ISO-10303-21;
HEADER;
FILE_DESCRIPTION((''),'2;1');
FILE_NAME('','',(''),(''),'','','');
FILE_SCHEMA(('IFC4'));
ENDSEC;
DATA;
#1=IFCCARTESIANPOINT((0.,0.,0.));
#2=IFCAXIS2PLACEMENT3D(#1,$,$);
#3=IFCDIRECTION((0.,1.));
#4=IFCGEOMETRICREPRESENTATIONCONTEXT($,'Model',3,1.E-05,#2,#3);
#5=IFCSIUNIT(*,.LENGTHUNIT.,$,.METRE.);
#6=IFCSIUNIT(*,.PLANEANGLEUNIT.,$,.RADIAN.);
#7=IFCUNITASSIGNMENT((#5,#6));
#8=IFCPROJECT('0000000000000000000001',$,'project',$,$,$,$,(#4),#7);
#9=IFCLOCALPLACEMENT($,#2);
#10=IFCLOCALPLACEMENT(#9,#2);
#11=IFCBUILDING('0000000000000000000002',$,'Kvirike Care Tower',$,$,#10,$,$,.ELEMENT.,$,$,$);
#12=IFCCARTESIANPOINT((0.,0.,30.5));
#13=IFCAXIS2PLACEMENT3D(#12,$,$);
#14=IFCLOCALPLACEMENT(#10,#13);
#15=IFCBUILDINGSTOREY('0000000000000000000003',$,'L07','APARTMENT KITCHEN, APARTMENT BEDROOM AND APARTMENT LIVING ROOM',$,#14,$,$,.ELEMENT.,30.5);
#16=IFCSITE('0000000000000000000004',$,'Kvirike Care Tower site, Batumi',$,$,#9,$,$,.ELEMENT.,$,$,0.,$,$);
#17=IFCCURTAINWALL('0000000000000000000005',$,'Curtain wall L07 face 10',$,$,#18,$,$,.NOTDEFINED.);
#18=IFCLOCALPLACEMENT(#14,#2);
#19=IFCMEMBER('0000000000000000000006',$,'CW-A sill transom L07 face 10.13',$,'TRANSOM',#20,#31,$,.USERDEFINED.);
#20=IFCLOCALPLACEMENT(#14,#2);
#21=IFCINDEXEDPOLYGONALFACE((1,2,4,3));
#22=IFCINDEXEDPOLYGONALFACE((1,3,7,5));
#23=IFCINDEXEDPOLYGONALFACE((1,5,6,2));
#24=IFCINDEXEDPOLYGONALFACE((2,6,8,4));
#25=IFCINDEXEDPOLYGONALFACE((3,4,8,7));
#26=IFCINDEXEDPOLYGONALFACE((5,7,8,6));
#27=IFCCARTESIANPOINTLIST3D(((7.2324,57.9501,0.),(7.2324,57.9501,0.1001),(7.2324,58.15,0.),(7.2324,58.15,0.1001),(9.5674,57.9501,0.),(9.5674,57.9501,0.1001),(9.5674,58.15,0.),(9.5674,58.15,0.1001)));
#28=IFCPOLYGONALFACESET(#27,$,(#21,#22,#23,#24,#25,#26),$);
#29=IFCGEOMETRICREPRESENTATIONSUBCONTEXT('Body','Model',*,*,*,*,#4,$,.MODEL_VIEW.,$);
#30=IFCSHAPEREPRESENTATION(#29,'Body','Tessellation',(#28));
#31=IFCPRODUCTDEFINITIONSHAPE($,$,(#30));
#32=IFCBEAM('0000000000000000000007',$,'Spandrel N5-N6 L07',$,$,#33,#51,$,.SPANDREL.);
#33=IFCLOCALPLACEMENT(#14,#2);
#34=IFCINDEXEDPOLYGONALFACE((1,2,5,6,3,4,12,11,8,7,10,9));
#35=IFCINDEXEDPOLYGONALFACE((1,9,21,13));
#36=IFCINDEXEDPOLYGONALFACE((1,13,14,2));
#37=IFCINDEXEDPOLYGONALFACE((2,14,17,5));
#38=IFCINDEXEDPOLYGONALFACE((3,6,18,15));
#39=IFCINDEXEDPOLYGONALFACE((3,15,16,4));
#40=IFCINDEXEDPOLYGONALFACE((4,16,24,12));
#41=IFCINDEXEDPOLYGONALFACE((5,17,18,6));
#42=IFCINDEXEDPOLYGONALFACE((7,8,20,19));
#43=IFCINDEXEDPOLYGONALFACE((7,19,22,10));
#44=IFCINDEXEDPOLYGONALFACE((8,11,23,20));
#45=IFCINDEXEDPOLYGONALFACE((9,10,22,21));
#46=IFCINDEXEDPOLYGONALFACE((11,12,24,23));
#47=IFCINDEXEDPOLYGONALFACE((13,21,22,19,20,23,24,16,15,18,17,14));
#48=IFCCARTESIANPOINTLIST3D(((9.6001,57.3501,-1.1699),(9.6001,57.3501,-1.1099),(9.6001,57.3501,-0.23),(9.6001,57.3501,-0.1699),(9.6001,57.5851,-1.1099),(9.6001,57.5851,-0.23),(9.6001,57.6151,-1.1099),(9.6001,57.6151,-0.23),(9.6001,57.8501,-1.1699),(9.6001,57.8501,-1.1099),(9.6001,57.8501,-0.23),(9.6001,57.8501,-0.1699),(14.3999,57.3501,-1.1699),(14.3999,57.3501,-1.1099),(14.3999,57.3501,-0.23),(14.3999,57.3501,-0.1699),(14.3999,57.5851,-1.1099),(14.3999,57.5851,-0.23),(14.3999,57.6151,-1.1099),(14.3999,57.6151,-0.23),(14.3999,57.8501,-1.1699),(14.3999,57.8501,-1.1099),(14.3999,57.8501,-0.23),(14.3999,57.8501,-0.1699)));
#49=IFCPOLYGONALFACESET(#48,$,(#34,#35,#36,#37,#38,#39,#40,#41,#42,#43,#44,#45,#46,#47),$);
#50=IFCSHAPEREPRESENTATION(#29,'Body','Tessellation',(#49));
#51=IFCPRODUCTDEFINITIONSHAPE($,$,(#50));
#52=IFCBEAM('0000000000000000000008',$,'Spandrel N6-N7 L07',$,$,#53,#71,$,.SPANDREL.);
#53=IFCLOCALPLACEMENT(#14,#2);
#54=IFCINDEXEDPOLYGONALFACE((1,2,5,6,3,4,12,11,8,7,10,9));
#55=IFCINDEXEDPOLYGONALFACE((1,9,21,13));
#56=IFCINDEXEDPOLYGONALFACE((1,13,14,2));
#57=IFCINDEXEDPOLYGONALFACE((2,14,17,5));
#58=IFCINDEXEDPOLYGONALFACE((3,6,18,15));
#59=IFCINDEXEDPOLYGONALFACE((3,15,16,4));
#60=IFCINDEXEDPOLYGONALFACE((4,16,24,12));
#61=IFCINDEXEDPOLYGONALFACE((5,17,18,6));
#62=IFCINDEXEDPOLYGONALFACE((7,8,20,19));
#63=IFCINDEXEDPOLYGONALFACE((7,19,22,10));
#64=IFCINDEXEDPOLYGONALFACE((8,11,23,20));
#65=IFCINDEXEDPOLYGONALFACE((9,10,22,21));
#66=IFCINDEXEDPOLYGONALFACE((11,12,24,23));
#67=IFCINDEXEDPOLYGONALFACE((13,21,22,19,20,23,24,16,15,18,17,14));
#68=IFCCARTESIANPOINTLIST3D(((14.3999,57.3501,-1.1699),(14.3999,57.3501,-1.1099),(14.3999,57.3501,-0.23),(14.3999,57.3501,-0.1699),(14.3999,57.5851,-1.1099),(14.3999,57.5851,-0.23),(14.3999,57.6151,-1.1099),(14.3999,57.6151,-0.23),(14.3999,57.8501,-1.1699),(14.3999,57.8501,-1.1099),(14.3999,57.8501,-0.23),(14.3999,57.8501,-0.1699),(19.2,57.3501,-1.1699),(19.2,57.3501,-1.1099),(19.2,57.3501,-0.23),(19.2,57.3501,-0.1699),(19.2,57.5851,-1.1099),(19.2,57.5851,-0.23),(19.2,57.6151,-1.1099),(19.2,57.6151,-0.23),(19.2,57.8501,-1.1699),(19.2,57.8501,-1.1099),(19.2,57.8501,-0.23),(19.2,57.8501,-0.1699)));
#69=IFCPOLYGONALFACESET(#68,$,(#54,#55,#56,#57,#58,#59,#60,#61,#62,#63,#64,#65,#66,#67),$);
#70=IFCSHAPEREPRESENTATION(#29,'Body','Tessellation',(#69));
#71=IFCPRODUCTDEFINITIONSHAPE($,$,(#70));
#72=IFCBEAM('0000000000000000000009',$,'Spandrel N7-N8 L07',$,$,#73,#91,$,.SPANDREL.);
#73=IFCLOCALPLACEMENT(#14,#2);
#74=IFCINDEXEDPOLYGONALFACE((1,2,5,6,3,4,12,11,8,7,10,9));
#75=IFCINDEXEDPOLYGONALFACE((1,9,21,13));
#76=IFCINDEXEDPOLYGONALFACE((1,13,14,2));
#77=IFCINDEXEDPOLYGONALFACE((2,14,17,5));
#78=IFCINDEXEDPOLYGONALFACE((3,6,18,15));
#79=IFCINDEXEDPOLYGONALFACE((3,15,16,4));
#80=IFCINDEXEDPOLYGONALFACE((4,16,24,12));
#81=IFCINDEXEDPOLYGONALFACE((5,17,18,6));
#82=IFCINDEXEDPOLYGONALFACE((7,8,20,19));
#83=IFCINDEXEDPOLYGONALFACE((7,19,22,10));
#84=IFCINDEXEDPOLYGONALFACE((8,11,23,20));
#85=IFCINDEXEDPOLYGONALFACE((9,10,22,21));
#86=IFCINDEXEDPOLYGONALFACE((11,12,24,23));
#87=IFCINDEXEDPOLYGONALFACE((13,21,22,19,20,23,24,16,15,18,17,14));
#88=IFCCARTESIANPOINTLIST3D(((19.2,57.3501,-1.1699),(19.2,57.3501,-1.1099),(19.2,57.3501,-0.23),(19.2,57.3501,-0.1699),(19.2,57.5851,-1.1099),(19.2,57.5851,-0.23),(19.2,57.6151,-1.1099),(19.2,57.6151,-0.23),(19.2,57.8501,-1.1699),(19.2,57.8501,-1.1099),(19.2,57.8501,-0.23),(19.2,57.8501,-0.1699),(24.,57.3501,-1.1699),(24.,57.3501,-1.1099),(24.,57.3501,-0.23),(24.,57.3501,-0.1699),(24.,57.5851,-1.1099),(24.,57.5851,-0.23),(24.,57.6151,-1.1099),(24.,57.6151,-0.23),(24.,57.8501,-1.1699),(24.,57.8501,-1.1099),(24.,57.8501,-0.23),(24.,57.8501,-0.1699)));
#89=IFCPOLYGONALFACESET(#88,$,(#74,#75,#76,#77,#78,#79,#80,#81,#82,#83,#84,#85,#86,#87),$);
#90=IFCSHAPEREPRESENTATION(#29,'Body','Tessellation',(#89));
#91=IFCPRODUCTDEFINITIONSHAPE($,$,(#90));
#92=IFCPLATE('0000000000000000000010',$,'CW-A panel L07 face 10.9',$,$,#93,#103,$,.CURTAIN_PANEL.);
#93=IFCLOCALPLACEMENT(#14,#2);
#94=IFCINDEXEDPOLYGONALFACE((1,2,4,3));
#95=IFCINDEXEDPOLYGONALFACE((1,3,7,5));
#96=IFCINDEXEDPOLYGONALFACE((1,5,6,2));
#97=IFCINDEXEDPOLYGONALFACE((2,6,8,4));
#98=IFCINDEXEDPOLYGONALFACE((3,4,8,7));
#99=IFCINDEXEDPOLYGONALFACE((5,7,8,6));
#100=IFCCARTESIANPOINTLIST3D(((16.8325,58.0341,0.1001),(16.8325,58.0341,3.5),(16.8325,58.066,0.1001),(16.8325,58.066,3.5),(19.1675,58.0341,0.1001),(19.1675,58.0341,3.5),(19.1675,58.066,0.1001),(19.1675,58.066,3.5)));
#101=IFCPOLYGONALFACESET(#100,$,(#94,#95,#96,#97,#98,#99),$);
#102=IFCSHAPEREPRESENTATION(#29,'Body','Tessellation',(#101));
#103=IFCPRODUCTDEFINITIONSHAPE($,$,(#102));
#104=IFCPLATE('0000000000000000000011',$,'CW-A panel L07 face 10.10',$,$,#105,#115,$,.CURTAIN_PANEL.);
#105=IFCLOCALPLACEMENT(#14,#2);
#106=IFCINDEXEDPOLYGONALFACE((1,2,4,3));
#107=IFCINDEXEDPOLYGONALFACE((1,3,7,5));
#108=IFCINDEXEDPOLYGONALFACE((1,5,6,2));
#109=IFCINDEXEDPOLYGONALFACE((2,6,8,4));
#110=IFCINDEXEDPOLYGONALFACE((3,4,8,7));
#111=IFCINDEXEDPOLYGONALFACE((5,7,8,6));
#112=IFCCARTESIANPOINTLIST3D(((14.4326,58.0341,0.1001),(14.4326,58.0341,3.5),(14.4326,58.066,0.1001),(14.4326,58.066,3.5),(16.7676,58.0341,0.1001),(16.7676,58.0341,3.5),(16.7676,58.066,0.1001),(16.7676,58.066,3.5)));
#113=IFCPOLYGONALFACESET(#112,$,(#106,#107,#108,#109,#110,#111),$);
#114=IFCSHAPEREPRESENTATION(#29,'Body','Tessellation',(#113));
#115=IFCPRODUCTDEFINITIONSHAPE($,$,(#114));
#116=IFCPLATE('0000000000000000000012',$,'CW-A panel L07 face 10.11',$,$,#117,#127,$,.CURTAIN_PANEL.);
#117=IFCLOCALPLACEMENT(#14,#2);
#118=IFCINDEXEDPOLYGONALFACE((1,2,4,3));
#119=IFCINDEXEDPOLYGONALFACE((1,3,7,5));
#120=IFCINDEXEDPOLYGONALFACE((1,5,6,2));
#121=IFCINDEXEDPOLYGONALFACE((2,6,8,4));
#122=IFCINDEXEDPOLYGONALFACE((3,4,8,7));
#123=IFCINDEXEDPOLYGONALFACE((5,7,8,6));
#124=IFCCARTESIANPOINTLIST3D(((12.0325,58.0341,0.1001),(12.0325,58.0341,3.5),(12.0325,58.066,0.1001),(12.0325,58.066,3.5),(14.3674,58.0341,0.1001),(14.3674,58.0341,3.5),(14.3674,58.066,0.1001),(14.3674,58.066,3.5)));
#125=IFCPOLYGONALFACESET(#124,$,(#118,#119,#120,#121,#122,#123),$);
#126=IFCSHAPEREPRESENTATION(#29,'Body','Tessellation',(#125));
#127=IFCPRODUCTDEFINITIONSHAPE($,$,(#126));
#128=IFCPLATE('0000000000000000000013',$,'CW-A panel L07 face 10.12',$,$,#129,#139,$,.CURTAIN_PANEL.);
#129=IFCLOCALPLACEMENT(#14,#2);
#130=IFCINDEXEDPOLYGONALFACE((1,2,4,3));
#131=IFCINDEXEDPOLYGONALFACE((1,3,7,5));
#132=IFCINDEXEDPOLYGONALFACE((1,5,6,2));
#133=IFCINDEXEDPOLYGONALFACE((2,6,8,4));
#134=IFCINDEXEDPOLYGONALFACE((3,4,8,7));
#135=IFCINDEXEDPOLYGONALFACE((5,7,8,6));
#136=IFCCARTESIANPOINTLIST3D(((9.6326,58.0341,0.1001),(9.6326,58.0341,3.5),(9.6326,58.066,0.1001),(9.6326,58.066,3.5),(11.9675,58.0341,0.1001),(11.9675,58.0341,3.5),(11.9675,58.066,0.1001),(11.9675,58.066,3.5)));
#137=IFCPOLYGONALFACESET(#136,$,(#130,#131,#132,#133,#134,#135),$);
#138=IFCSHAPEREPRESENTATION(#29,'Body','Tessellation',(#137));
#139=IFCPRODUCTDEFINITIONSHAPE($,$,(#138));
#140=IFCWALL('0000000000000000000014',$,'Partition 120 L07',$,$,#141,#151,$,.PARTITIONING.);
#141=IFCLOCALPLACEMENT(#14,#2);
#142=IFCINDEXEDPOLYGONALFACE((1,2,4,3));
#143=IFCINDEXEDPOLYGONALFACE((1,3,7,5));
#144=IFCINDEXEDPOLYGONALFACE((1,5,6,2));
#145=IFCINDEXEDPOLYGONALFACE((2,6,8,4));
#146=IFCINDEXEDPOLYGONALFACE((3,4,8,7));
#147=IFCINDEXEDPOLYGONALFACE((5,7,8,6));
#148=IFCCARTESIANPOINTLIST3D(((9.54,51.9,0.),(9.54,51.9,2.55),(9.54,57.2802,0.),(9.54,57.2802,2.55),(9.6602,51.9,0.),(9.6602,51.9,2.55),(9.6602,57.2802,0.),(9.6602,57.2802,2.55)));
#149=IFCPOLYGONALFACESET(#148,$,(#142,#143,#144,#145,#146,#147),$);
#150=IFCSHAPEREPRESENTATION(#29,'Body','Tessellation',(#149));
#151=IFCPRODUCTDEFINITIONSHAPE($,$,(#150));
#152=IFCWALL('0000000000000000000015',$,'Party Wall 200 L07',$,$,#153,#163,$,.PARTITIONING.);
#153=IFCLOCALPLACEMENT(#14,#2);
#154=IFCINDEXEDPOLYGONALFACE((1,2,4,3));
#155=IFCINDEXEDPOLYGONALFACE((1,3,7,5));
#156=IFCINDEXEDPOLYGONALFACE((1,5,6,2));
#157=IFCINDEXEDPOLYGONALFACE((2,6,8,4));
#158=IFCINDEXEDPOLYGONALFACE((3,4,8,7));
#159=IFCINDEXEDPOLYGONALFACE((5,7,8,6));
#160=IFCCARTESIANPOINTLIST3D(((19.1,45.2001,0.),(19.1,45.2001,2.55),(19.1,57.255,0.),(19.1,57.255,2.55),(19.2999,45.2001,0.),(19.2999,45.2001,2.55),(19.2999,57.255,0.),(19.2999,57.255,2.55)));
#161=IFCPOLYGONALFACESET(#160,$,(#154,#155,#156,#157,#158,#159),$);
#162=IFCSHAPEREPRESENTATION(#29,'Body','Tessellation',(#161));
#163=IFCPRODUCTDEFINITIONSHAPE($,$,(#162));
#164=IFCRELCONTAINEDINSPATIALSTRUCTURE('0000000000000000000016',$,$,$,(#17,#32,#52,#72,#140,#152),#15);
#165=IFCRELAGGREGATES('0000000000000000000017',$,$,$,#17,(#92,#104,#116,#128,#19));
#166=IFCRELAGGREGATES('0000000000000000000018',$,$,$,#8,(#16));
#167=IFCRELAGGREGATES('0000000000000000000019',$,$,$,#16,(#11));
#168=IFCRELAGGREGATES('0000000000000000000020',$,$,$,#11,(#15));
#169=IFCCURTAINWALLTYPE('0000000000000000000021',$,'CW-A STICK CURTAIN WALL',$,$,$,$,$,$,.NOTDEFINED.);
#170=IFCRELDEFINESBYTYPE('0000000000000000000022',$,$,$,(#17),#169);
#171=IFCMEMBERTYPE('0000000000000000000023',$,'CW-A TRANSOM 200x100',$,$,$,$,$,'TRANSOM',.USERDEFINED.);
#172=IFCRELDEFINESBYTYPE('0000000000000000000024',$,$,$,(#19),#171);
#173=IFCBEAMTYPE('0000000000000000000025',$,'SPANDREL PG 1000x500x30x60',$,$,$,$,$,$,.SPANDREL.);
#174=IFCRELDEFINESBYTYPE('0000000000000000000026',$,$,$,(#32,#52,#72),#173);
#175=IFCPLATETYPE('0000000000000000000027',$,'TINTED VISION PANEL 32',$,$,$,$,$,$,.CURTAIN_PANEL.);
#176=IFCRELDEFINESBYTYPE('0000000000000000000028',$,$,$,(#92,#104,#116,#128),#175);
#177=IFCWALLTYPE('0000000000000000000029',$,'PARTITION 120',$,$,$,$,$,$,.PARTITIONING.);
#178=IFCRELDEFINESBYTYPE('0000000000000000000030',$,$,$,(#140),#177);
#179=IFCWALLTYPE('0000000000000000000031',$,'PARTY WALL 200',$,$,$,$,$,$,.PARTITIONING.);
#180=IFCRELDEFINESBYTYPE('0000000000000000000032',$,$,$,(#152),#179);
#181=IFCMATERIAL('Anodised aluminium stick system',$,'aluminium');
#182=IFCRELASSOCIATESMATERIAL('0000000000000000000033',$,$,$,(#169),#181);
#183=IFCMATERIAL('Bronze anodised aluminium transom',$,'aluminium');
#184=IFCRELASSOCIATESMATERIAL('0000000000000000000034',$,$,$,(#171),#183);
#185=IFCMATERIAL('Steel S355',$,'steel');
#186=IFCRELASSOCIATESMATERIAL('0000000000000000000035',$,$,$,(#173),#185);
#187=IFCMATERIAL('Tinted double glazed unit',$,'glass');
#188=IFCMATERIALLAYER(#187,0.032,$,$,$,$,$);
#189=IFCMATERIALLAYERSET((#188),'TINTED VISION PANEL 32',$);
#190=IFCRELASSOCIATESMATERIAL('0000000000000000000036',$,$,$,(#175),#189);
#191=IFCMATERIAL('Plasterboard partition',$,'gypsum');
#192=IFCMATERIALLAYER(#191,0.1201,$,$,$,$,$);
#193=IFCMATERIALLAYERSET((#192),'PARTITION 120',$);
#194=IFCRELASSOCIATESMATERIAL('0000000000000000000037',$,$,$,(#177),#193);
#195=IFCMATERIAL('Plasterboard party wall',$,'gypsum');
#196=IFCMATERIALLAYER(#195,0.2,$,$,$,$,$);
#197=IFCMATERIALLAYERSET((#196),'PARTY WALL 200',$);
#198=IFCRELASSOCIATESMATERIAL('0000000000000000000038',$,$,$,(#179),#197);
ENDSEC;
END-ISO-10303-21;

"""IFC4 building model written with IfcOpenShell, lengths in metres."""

from ifc_helpers import new_model, si_unit, direction, frame, frame_2d, origin, origin_2d, place, context, subcontext, project, spatial, rectangle, i_section, extrude, material, layer, layer_set, material_profile, profile_set, type_object, element, aggregate, save


model = new_model("IFC4")

# Units and contexts
model_context = context("Model", 3, precision=1e-05, world=origin(), true_north=direction((0.0, 1.0)))
body_context = subcontext(model_context, "Body", "Model", "MODEL_VIEW")
ifc_project = project(units=[si_unit("LENGTHUNIT", "METRE"), si_unit("PLANEANGLEUNIT", "RADIAN")], contexts=[model_context])

# Site, building, storey
site_placement = place(None, origin())
site = spatial("IfcSite", under=ifc_project, at=site_placement, Name="Kvirike Care Tower site, Batumi", CompositionType="ELEMENT", RefElevation=0.0)
building_placement = place(site_placement, origin())
building = spatial("IfcBuilding", under=site, at=building_placement, Name="Kvirike Care Tower", CompositionType="ELEMENT")
storey_placement = place(building_placement, frame((0.0, 0.0, 30.5)))
storey = spatial("IfcBuildingStorey", under=building, at=storey_placement, Name="L07", Description="APARTMENT KITCHEN, APARTMENT BEDROOM AND APARTMENT LIVING ROOM", CompositionType="ELEMENT", Elevation=30.5)

# Curtain wall, member
ifc_material_1 = material(Name="Anodised aluminium stick system", Category="aluminium")
curtain_wall_type = type_object("IfcCurtainWallType", Name="CW-A STICK CURTAIN WALL", PredefinedType="NOTDEFINED", material=ifc_material_1)
curtain_wall_placement = place(storey_placement, origin())
curtain_wall = element("IfcCurtainWall", 1, at=curtain_wall_placement, inside=storey, type_object=curtain_wall_type, Name="Curtain wall L07 face 10", PredefinedType="NOTDEFINED")
ifc_material_2 = material(Name="Bronze anodised aluminium transom", Category="aluminium")
ifc_material_profile_1 = material_profile(ifc_material_2, rectangle(XDim=0.2, YDim=0.1001, at=origin_2d()), Name="CW-A TRANSOM 200x100")
ifc_profile_set_1 = profile_set([ifc_material_profile_1], Name="Bronze anodised aluminium transom")
member_type_1 = type_object("IfcMemberType", Name="CW-A TRANSOM 200x100", ElementType="TRANSOM", PredefinedType="USERDEFINED", material=ifc_profile_set_1)
member_1_placement = place(storey_placement, frame((9.5674, 58.05, 0.05), z_axis=(-1.0, 0.0, 0.0), x_axis=(0.0, -1.0, 0.0)))
member_1 = element("IfcMember", 2, at=member_1_placement, type_object=member_type_1, Name="CW-A sill transom L07 face 10.13", ObjectType="TRANSOM", PredefinedType="USERDEFINED", context=body_context, shape_type="SweptSolid", body=[
    extrude(rectangle(XDim=0.2, YDim=0.1001, at=origin_2d()), origin(), (0.0, 0.0, 1.0), 2.335),
])

# Beams
ifc_material_3 = material(Name="Steel S355", Category="steel")
ifc_material_profile_2 = material_profile(ifc_material_3, i_section(OverallWidth=0.5, OverallDepth=1.0, WebThickness=0.03, FlangeThickness=0.0601, at=origin_2d()), Name="PG 1000x500x30x60")
ifc_profile_set_2 = profile_set([ifc_material_profile_2], Name="Steel S355")
beam_type = type_object("IfcBeamType", Name="SPANDREL PG 1000x500x30x60", PredefinedType="SPANDREL", material=ifc_profile_set_2)
beam_placement = place(storey_placement, frame((9.6001, 57.6001, -0.6699), z_axis=(1.0, 0.0, 0.0), x_axis=(0.0, 1.0, 0.0)))
element("IfcBeam", 3, at=beam_placement, inside=storey, type_object=beam_type, Name="Spandrel N5-N6 L07", PredefinedType="SPANDREL", context=body_context, shape_type="SweptSolid", body=[
    extrude(i_section(OverallWidth=0.5, OverallDepth=1.0, WebThickness=0.03, FlangeThickness=0.0601, at=origin_2d()), origin(), (0.0, 0.0, 1.0), 4.7998),
])
for number, where, z_axis, x_axis, name in (
    (4, (14.3999, 57.6001, -0.6699), (1.0, 0.0, 0.0), (0.0, 1.0, 0.0), "Spandrel N6-N7 L07"),
    (5, (19.2, 57.6001, -0.6699), (1.0, 0.0, 0.0), (0.0, 1.0, 0.0), "Spandrel N7-N8 L07"),
):
    element("IfcBeam", number, at=place(storey_placement, frame(where, z_axis=z_axis, x_axis=x_axis)), inside=storey, type_object=beam_type, Name=name, PredefinedType="SPANDREL", context=body_context, shape_type="SweptSolid", body=[
        extrude(i_section(OverallWidth=0.5, OverallDepth=1.0, WebThickness=0.03, FlangeThickness=0.0601, at=origin_2d()), origin(), (0.0, 0.0, 1.0), 4.8),
    ])

# Plates
ifc_material_4 = material(Name="Tinted double glazed unit", Category="glass")
ifc_layer_1 = layer(ifc_material_4, 0.032)
ifc_layer_set_1 = layer_set([ifc_layer_1], Name="TINTED VISION PANEL 32")
plate_type = type_object("IfcPlateType", Name="TINTED VISION PANEL 32", PredefinedType="CURTAIN_PANEL", material=ifc_layer_set_1)
plate_1_placement = place(storey_placement, frame((18.0, 58.05, 0.1001), z_axis=(0.0, 0.0, 1.0), x_axis=(-1.0, 0.0, 0.0)))
plate_1 = element("IfcPlate", 6, at=plate_1_placement, type_object=plate_type, Name="CW-A panel L07 face 10.9", PredefinedType="CURTAIN_PANEL", context=body_context, shape_type="SweptSolid", body=[
    extrude(rectangle(XDim=2.335, YDim=0.032, at=origin_2d()), origin(), (0.0, 0.0, 1.0), 3.3999),
])
plate_2_placement = place(storey_placement, frame((15.6001, 58.05, 0.1001), z_axis=(0.0, 0.0, 1.0), x_axis=(-1.0, 0.0, 0.0)))
plate_2 = element("IfcPlate", 7, at=plate_2_placement, type_object=plate_type, Name="CW-A panel L07 face 10.10", PredefinedType="CURTAIN_PANEL", context=body_context, shape_type="SweptSolid", body=[
    extrude(rectangle(XDim=2.335, YDim=0.032, at=origin_2d()), origin(), (0.0, 0.0, 1.0), 3.3999),
])
plate_3_placement = place(storey_placement, frame((13.2, 58.05, 0.1001), z_axis=(0.0, 0.0, 1.0), x_axis=(-1.0, 0.0, 0.0)))
plate_3 = element("IfcPlate", 8, at=plate_3_placement, type_object=plate_type, Name="CW-A panel L07 face 10.11", PredefinedType="CURTAIN_PANEL", context=body_context, shape_type="SweptSolid", body=[
    extrude(rectangle(XDim=2.335, YDim=0.032, at=origin_2d()), origin(), (0.0, 0.0, 1.0), 3.3999),
])
plate_4_placement = place(storey_placement, frame((10.8, 58.05, 0.1001), z_axis=(0.0, 0.0, 1.0), x_axis=(-1.0, 0.0, 0.0)))
plate_4 = element("IfcPlate", 9, at=plate_4_placement, type_object=plate_type, Name="CW-A panel L07 face 10.12", PredefinedType="CURTAIN_PANEL", context=body_context, shape_type="SweptSolid", body=[
    extrude(rectangle(XDim=2.335, YDim=0.032, at=origin_2d()), origin(), (0.0, 0.0, 1.0), 3.3999),
])
aggregate(curtain_wall, [plate_1, plate_2, plate_3, plate_4, member_1])

# Walls
ifc_material_5 = material(Name="Plasterboard partition", Category="gypsum")
ifc_layer_2 = layer(ifc_material_5, 0.1201)
ifc_layer_set_2 = layer_set([ifc_layer_2], Name="PARTITION 120")
wall_type_1 = type_object("IfcWallType", Name="PARTITION 120", PredefinedType="PARTITIONING", material=ifc_layer_set_2)
wall_1_placement = place(storey_placement, frame((9.6001, 57.28, 0.0), z_axis=(0.0, 0.0, 1.0), x_axis=(0.0, -1.0, 0.0)))
element("IfcWall", 10, at=wall_1_placement, inside=storey, type_object=wall_type_1, Name="Partition 120 L07", PredefinedType="PARTITIONING", context=body_context, shape_type="SweptSolid", body=[
    extrude(rectangle(XDim=5.3801, YDim=0.1201, at=frame_2d((2.6899, 0.0))), origin(), (0.0, 0.0, 1.0), 2.55),
])
ifc_material_6 = material(Name="Plasterboard party wall", Category="gypsum")
ifc_layer_3 = layer(ifc_material_6, 0.2)
ifc_layer_set_3 = layer_set([ifc_layer_3], Name="PARTY WALL 200")
wall_type_2 = type_object("IfcWallType", Name="PARTY WALL 200", PredefinedType="PARTITIONING", material=ifc_layer_set_3)
wall_2_placement = place(storey_placement, frame((19.2, 57.2549, 0.0), z_axis=(0.0, 0.0, 1.0), x_axis=(0.0, -1.0, 0.0)))
element("IfcWall", 11, at=wall_2_placement, inside=storey, type_object=wall_type_2, Name="Party Wall 200 L07", PredefinedType="PARTITIONING", context=body_context, shape_type="SweptSolid", body=[
    extrude(rectangle(XDim=12.0549, YDim=0.2, at=frame_2d((6.0273, 0.0))), origin(), (0.0, 0.0, 1.0), 2.55),
])

save(model, "model.ifc")
